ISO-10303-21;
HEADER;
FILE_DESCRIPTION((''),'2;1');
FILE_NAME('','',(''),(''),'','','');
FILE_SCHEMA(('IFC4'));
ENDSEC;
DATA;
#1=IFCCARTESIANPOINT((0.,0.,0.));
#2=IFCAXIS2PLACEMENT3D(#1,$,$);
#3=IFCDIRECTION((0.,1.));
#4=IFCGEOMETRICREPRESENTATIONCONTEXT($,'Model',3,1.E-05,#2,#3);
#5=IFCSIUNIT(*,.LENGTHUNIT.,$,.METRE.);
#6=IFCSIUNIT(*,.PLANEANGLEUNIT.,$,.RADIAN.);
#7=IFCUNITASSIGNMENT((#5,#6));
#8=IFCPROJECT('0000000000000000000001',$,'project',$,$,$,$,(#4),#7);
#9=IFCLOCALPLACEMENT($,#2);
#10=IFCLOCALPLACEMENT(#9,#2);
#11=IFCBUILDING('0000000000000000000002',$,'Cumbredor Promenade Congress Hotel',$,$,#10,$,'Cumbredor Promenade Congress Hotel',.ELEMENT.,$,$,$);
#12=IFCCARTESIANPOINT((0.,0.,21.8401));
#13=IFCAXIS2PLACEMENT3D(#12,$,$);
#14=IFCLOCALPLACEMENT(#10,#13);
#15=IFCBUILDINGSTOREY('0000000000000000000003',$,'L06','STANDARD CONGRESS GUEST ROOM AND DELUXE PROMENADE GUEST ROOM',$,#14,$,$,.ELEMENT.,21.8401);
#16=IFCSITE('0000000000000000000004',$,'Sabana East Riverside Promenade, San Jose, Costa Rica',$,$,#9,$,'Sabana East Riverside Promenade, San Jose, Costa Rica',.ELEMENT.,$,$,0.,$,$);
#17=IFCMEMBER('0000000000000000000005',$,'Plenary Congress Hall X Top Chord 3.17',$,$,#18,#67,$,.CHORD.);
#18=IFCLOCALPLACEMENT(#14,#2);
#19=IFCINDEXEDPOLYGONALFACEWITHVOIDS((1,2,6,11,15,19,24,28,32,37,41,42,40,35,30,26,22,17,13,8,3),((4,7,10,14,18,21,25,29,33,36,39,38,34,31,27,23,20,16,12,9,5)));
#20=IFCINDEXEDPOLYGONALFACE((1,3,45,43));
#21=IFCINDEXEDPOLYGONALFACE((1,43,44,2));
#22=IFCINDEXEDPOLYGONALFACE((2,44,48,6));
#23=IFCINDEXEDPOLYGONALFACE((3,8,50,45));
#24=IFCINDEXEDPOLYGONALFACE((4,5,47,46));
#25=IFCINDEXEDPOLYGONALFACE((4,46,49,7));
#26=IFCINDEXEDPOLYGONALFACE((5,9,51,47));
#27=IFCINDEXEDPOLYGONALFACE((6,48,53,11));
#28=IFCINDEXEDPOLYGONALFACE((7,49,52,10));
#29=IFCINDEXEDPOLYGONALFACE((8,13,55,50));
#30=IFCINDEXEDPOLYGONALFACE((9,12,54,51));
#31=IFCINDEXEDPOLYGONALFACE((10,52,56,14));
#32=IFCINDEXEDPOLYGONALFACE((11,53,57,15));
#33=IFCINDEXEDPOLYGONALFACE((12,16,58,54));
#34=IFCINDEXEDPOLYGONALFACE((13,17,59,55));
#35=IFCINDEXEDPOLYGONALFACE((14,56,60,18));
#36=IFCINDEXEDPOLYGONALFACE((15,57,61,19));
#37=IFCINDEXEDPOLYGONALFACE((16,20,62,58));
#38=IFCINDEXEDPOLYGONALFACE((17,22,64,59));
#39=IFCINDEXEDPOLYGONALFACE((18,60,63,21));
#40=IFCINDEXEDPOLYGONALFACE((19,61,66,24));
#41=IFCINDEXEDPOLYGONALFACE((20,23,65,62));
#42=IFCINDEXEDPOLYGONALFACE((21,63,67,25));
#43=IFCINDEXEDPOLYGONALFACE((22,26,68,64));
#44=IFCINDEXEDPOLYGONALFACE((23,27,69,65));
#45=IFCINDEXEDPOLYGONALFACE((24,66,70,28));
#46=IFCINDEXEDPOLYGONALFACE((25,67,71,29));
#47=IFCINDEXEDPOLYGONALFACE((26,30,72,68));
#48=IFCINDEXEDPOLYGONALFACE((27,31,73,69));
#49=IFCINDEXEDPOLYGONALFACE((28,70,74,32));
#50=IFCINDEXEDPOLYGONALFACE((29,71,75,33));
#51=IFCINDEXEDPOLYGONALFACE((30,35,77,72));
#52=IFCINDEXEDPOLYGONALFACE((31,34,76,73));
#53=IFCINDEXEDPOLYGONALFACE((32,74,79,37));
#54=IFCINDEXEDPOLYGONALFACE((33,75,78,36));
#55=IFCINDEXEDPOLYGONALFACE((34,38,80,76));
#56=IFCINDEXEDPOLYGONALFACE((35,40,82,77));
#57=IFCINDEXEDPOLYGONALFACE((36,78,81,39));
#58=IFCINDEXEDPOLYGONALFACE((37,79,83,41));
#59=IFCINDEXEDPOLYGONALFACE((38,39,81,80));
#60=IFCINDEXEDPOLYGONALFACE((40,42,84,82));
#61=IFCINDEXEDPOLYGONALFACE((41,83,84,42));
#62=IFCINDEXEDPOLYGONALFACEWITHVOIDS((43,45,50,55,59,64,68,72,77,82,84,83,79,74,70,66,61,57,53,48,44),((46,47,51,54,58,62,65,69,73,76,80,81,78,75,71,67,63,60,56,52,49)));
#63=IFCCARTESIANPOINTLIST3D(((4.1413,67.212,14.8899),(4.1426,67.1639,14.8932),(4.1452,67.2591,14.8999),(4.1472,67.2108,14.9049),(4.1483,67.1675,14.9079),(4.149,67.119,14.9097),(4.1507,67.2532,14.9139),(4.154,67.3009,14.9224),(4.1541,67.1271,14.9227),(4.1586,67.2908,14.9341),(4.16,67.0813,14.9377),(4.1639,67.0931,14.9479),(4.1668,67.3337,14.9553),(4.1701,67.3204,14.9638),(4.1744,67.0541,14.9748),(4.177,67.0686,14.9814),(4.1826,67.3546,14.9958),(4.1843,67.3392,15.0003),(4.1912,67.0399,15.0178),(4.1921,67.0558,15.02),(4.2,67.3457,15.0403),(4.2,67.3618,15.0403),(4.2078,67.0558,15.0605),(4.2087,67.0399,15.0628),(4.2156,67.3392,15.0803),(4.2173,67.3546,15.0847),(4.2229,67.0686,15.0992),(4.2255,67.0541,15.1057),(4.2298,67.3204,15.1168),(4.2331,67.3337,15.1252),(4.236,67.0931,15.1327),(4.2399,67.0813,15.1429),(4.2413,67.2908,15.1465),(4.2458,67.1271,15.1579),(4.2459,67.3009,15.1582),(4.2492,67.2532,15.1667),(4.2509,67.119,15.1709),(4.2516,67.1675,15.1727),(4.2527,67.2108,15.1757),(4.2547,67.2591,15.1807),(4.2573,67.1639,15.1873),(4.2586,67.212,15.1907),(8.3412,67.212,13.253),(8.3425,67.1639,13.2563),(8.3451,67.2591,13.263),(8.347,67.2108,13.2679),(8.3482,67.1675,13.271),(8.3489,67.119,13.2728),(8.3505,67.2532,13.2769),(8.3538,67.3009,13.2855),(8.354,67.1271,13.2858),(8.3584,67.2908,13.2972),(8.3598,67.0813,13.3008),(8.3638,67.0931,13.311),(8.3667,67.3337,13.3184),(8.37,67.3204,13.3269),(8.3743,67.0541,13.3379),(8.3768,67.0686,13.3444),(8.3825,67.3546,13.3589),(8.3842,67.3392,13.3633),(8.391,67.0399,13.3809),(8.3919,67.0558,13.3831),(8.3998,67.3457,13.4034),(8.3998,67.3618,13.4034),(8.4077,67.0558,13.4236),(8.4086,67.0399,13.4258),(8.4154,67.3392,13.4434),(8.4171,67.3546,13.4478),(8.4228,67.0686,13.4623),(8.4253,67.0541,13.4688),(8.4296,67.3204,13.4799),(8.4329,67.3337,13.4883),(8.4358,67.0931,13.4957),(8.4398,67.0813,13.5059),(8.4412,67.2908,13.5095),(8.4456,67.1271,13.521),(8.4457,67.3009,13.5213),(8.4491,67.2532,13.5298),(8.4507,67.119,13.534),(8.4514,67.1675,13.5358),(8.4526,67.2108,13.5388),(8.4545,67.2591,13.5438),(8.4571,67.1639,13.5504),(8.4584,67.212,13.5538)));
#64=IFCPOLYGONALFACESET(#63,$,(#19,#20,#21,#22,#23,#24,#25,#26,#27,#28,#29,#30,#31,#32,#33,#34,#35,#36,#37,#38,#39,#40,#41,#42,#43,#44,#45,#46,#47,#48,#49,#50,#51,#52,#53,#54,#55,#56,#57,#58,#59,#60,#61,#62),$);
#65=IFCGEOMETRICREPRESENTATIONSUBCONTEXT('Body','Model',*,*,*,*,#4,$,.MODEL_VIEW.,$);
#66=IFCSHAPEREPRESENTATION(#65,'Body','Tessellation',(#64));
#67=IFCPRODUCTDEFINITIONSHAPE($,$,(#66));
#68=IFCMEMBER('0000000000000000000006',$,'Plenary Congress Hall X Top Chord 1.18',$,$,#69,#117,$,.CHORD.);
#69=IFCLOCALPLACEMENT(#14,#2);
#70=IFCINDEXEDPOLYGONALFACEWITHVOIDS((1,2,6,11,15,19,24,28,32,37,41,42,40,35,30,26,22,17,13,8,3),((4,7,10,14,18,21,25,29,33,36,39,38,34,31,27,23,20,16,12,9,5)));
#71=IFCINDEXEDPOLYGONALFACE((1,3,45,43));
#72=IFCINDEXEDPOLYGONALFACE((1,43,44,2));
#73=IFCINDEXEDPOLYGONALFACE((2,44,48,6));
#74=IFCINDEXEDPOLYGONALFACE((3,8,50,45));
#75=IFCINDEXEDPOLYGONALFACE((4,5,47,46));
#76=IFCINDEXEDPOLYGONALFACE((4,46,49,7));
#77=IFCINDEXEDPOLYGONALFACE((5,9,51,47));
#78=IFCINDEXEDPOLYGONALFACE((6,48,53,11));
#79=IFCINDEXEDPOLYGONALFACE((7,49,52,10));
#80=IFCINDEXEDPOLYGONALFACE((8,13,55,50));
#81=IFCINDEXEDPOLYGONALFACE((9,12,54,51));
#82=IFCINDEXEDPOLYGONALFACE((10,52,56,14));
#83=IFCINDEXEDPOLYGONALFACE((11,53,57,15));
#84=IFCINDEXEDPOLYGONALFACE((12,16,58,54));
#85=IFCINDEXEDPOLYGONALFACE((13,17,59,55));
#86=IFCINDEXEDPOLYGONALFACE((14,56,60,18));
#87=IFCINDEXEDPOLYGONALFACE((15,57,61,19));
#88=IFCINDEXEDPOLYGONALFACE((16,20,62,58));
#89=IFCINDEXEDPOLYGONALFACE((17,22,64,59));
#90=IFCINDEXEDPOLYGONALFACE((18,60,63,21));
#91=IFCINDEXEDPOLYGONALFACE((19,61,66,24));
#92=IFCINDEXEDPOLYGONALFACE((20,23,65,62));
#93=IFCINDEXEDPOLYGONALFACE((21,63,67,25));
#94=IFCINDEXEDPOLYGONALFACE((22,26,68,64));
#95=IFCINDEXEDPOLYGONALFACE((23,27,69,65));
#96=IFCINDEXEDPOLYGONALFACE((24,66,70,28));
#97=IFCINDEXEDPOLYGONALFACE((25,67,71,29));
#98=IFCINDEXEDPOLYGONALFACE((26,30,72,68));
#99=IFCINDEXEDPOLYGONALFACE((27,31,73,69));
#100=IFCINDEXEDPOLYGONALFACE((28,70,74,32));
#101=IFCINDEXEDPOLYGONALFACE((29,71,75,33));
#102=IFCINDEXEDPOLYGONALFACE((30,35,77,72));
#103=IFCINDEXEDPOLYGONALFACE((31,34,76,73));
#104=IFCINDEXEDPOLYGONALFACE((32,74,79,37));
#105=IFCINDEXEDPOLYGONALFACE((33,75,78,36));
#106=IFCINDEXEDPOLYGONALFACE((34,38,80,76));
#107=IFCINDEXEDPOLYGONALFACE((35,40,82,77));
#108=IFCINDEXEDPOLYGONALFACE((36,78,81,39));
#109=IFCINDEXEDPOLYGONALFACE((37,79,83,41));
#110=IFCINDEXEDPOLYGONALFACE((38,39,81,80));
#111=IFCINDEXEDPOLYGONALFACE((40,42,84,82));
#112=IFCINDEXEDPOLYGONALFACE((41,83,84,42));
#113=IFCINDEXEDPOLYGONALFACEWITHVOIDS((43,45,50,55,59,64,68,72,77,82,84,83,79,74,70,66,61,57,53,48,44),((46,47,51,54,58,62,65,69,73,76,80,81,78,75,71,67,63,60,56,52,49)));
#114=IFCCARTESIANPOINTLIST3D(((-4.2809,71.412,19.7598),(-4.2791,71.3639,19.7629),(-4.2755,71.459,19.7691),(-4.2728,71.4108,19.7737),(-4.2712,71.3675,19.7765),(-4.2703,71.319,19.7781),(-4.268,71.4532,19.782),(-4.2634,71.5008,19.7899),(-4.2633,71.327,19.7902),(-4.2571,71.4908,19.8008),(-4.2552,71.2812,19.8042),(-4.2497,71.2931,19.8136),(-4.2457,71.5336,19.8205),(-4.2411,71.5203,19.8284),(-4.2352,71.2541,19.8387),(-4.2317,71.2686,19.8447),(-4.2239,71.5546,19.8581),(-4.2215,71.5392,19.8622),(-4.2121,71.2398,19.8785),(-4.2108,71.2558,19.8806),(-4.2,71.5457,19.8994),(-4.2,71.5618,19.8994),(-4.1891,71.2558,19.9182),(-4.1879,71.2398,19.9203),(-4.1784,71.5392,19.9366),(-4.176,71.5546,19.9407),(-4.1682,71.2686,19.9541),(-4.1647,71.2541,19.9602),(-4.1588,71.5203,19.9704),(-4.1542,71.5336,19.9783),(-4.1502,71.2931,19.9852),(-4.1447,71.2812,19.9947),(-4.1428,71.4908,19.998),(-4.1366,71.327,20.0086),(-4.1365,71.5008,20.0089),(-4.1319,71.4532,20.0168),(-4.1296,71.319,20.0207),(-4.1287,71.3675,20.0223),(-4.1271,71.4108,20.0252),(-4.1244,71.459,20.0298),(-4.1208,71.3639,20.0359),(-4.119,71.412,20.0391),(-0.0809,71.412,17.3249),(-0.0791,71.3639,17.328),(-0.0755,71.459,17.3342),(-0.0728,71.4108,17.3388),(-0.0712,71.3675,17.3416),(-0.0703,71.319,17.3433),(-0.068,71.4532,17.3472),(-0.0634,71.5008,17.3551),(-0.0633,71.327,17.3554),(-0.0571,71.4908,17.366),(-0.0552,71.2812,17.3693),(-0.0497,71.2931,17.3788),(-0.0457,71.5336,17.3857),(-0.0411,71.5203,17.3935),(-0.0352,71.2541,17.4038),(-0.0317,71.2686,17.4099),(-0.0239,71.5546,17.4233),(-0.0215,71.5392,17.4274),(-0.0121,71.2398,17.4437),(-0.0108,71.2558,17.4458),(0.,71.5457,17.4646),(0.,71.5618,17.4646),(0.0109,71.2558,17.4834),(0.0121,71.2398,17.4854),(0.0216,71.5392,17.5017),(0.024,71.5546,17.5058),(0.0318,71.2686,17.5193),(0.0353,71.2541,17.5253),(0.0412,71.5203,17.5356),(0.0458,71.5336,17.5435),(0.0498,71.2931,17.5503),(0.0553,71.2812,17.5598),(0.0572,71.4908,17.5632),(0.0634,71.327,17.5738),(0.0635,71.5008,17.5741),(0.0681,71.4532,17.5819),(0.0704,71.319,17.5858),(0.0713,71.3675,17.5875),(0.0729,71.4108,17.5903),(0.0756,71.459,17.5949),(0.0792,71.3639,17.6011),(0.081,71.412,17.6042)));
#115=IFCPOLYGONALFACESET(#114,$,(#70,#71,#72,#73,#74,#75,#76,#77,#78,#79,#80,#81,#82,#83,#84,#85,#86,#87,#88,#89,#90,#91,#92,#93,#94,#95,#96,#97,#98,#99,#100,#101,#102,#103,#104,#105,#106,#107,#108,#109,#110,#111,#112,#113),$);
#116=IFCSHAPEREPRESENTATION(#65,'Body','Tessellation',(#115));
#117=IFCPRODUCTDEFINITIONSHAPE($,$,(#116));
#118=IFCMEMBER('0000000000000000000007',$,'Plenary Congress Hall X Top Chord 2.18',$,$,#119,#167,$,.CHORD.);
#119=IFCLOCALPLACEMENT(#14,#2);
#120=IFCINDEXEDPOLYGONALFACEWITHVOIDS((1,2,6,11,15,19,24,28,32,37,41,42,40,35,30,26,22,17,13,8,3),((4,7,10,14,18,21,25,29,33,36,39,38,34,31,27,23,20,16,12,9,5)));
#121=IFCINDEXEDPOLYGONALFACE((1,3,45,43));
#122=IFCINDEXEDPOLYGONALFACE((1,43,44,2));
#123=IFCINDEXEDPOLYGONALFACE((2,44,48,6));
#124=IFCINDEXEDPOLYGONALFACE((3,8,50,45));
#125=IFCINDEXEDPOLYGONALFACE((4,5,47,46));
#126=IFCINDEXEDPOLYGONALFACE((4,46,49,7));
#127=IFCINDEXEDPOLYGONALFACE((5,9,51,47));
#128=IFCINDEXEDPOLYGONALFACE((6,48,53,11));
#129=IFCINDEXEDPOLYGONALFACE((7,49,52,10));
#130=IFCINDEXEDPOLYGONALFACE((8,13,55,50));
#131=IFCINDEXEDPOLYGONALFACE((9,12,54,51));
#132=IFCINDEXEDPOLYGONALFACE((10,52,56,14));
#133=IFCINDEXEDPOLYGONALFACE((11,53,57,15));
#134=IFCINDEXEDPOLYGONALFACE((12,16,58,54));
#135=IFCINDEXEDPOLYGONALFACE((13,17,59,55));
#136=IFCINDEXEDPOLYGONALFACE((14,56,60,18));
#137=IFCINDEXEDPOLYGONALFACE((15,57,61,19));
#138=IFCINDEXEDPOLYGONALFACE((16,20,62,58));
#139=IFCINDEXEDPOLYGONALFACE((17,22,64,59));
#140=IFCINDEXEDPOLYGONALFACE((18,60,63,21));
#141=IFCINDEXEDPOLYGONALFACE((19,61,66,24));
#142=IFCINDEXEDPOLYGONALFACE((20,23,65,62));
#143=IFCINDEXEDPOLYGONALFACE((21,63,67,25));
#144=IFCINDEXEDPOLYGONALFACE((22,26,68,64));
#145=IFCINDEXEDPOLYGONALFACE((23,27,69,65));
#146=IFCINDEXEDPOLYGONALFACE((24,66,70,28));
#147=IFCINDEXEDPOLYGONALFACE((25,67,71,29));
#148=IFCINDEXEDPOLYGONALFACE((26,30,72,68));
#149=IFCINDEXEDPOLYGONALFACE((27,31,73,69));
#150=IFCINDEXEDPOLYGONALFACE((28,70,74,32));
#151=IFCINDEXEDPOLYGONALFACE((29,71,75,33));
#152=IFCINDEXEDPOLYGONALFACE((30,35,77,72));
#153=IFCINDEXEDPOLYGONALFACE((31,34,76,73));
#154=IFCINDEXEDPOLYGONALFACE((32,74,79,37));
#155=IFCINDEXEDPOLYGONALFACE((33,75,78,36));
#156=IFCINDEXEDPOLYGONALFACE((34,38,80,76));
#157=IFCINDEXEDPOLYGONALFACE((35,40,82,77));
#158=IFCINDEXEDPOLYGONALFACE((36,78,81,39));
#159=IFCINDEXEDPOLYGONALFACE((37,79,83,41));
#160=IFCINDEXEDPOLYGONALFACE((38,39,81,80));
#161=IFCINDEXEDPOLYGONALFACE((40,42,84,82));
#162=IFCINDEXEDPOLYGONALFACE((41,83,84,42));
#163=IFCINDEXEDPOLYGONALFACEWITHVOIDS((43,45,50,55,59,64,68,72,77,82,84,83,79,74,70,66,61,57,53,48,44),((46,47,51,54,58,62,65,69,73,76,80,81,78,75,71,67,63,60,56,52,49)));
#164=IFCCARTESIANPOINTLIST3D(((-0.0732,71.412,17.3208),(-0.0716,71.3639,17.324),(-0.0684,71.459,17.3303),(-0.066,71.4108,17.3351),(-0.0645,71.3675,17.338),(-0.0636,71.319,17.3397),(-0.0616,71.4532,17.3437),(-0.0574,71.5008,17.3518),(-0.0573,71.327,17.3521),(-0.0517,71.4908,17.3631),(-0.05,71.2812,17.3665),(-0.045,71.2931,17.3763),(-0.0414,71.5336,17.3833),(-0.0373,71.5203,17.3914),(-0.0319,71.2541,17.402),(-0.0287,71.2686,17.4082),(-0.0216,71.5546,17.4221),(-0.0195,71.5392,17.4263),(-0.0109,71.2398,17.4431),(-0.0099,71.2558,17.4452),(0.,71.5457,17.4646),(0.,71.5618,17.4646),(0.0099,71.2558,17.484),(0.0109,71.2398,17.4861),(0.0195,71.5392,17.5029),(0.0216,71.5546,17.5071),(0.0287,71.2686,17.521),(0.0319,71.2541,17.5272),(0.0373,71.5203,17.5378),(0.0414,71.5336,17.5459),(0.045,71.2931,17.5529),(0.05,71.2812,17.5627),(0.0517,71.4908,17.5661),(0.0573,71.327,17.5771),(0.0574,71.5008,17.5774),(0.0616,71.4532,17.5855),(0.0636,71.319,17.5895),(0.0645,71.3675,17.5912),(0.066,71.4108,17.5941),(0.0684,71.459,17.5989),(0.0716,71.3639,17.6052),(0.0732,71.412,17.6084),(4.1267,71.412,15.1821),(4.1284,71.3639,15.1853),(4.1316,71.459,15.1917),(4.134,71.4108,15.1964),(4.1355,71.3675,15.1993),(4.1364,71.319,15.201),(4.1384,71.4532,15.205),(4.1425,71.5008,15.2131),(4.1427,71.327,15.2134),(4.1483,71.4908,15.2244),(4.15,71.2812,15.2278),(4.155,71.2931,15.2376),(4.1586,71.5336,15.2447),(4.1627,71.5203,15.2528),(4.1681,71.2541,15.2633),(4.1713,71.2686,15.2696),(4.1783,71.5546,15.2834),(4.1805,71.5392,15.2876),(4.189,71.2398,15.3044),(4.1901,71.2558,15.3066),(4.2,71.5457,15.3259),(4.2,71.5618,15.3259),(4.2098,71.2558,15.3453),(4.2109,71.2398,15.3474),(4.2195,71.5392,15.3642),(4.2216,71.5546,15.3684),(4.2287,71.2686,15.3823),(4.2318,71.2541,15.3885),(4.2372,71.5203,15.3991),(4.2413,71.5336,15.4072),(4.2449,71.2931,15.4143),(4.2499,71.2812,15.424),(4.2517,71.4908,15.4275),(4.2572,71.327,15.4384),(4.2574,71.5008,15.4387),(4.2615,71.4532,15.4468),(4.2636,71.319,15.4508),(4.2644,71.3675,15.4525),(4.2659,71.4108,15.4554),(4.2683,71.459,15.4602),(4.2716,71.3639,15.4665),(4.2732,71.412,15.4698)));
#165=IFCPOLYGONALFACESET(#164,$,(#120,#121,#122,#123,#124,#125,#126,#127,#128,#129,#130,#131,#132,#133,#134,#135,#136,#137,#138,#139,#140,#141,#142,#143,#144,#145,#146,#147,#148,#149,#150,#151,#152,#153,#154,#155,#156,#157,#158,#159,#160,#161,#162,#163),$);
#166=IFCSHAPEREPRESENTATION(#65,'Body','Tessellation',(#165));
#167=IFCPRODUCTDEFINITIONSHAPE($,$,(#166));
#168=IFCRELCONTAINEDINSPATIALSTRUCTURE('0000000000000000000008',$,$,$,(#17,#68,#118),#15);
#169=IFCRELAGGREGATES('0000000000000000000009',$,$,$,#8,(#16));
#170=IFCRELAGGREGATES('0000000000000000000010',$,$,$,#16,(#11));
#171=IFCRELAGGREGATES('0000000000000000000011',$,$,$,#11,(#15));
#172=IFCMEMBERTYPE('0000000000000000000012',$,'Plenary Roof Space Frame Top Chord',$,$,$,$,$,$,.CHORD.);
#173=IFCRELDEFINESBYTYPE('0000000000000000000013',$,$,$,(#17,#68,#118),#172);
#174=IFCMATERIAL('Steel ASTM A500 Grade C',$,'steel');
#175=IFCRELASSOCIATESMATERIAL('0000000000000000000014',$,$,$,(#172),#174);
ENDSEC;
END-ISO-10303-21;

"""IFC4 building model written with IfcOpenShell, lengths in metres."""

from ifc_helpers import new_model, si_unit, direction, frame, origin, origin_2d, place, context, subcontext, project, spatial, hollow_circle, extrude, material, material_profile, profile_set, type_object, element, save


model = new_model("IFC4")

# Units and contexts
model_context = context("Model", 3, precision=1e-05, world=origin(), true_north=direction((0.0, 1.0)))
body_context = subcontext(model_context, "Body", "Model", "MODEL_VIEW")
ifc_project = project(units=[si_unit("LENGTHUNIT", "METRE"), si_unit("PLANEANGLEUNIT", "RADIAN")], contexts=[model_context])

# Site, building, storey
site_placement = place(None, origin())
site = spatial("IfcSite", under=ifc_project, at=site_placement, Name="Sabana East Riverside Promenade, San Jose, Costa Rica", LongName="Sabana East Riverside Promenade, San Jose, Costa Rica", CompositionType="ELEMENT", RefElevation=0.0)
building_placement = place(site_placement, origin())
building = spatial("IfcBuilding", under=site, at=building_placement, Name="Cumbredor Promenade Congress Hotel", LongName="Cumbredor Promenade Congress Hotel", CompositionType="ELEMENT")
storey_placement = place(building_placement, frame((0.0, 0.0, 21.8401)))
storey = spatial("IfcBuildingStorey", under=building, at=storey_placement, Name="L06", Description="STANDARD CONGRESS GUEST ROOM AND DELUXE PROMENADE GUEST ROOM", CompositionType="ELEMENT", Elevation=21.8401)

# Members
ifc_material_1 = material(Name="Steel ASTM A500 Grade C", Category="steel")
ifc_material_profile_1 = material_profile(ifc_material_1, hollow_circle(Radius=0.1619, WallThickness=0.0161, at=origin_2d()), Name="CHS 323.9x16")
ifc_profile_set_1 = profile_set([ifc_material_profile_1], Name="Steel ASTM A500 Grade C")
member_type_1 = type_object("IfcMemberType", Name="Plenary Roof Space Frame Top Chord", PredefinedType="CHORD", material=ifc_profile_set_1)
member_1_placement = place(storey_placement, frame((4.2, 67.2, 15.0403), z_axis=(0.931731, 0.0, -0.363149), x_axis=(0.0, 1.0, 0.0)))
element("IfcMember", 1, at=member_1_placement, inside=storey, type_object=member_type_1, Name="Plenary Congress Hall X Top Chord 3.17", PredefinedType="CHORD", context=body_context, shape_type="SweptSolid", body=[
    extrude(hollow_circle(Radius=0.1619, WallThickness=0.0161, at=origin_2d()), origin(), (0.0, 0.0, 1.0), 4.5076),
])
member_2_placement = place(storey_placement, frame((-4.2, 71.3999, 19.8994), z_axis=(0.865135, 0.0, -0.50154), x_axis=(0.0, 1.0, 0.0)))
element("IfcMember", 2, at=member_2_placement, inside=storey, type_object=member_type_1, Name="Plenary Congress Hall X Top Chord 1.18", PredefinedType="CHORD", context=body_context, shape_type="SweptSolid", body=[
    extrude(hollow_circle(Radius=0.1619, WallThickness=0.0161, at=origin_2d()), origin(), (0.0, 0.0, 1.0), 4.8547),
])
member_3_placement = place(storey_placement, frame((0.0, 71.3999, 17.4646), z_axis=(0.891119, 0.0, -0.45377), x_axis=(0.0, 1.0, 0.0)))
element("IfcMember", 3, at=member_3_placement, inside=storey, type_object=member_type_1, Name="Plenary Congress Hall X Top Chord 2.18", PredefinedType="CHORD", context=body_context, shape_type="SweptSolid", body=[
    extrude(hollow_circle(Radius=0.1619, WallThickness=0.0161, at=origin_2d()), origin(), (0.0, 0.0, 1.0), 4.7131),
])

save(model, "model.ifc")
